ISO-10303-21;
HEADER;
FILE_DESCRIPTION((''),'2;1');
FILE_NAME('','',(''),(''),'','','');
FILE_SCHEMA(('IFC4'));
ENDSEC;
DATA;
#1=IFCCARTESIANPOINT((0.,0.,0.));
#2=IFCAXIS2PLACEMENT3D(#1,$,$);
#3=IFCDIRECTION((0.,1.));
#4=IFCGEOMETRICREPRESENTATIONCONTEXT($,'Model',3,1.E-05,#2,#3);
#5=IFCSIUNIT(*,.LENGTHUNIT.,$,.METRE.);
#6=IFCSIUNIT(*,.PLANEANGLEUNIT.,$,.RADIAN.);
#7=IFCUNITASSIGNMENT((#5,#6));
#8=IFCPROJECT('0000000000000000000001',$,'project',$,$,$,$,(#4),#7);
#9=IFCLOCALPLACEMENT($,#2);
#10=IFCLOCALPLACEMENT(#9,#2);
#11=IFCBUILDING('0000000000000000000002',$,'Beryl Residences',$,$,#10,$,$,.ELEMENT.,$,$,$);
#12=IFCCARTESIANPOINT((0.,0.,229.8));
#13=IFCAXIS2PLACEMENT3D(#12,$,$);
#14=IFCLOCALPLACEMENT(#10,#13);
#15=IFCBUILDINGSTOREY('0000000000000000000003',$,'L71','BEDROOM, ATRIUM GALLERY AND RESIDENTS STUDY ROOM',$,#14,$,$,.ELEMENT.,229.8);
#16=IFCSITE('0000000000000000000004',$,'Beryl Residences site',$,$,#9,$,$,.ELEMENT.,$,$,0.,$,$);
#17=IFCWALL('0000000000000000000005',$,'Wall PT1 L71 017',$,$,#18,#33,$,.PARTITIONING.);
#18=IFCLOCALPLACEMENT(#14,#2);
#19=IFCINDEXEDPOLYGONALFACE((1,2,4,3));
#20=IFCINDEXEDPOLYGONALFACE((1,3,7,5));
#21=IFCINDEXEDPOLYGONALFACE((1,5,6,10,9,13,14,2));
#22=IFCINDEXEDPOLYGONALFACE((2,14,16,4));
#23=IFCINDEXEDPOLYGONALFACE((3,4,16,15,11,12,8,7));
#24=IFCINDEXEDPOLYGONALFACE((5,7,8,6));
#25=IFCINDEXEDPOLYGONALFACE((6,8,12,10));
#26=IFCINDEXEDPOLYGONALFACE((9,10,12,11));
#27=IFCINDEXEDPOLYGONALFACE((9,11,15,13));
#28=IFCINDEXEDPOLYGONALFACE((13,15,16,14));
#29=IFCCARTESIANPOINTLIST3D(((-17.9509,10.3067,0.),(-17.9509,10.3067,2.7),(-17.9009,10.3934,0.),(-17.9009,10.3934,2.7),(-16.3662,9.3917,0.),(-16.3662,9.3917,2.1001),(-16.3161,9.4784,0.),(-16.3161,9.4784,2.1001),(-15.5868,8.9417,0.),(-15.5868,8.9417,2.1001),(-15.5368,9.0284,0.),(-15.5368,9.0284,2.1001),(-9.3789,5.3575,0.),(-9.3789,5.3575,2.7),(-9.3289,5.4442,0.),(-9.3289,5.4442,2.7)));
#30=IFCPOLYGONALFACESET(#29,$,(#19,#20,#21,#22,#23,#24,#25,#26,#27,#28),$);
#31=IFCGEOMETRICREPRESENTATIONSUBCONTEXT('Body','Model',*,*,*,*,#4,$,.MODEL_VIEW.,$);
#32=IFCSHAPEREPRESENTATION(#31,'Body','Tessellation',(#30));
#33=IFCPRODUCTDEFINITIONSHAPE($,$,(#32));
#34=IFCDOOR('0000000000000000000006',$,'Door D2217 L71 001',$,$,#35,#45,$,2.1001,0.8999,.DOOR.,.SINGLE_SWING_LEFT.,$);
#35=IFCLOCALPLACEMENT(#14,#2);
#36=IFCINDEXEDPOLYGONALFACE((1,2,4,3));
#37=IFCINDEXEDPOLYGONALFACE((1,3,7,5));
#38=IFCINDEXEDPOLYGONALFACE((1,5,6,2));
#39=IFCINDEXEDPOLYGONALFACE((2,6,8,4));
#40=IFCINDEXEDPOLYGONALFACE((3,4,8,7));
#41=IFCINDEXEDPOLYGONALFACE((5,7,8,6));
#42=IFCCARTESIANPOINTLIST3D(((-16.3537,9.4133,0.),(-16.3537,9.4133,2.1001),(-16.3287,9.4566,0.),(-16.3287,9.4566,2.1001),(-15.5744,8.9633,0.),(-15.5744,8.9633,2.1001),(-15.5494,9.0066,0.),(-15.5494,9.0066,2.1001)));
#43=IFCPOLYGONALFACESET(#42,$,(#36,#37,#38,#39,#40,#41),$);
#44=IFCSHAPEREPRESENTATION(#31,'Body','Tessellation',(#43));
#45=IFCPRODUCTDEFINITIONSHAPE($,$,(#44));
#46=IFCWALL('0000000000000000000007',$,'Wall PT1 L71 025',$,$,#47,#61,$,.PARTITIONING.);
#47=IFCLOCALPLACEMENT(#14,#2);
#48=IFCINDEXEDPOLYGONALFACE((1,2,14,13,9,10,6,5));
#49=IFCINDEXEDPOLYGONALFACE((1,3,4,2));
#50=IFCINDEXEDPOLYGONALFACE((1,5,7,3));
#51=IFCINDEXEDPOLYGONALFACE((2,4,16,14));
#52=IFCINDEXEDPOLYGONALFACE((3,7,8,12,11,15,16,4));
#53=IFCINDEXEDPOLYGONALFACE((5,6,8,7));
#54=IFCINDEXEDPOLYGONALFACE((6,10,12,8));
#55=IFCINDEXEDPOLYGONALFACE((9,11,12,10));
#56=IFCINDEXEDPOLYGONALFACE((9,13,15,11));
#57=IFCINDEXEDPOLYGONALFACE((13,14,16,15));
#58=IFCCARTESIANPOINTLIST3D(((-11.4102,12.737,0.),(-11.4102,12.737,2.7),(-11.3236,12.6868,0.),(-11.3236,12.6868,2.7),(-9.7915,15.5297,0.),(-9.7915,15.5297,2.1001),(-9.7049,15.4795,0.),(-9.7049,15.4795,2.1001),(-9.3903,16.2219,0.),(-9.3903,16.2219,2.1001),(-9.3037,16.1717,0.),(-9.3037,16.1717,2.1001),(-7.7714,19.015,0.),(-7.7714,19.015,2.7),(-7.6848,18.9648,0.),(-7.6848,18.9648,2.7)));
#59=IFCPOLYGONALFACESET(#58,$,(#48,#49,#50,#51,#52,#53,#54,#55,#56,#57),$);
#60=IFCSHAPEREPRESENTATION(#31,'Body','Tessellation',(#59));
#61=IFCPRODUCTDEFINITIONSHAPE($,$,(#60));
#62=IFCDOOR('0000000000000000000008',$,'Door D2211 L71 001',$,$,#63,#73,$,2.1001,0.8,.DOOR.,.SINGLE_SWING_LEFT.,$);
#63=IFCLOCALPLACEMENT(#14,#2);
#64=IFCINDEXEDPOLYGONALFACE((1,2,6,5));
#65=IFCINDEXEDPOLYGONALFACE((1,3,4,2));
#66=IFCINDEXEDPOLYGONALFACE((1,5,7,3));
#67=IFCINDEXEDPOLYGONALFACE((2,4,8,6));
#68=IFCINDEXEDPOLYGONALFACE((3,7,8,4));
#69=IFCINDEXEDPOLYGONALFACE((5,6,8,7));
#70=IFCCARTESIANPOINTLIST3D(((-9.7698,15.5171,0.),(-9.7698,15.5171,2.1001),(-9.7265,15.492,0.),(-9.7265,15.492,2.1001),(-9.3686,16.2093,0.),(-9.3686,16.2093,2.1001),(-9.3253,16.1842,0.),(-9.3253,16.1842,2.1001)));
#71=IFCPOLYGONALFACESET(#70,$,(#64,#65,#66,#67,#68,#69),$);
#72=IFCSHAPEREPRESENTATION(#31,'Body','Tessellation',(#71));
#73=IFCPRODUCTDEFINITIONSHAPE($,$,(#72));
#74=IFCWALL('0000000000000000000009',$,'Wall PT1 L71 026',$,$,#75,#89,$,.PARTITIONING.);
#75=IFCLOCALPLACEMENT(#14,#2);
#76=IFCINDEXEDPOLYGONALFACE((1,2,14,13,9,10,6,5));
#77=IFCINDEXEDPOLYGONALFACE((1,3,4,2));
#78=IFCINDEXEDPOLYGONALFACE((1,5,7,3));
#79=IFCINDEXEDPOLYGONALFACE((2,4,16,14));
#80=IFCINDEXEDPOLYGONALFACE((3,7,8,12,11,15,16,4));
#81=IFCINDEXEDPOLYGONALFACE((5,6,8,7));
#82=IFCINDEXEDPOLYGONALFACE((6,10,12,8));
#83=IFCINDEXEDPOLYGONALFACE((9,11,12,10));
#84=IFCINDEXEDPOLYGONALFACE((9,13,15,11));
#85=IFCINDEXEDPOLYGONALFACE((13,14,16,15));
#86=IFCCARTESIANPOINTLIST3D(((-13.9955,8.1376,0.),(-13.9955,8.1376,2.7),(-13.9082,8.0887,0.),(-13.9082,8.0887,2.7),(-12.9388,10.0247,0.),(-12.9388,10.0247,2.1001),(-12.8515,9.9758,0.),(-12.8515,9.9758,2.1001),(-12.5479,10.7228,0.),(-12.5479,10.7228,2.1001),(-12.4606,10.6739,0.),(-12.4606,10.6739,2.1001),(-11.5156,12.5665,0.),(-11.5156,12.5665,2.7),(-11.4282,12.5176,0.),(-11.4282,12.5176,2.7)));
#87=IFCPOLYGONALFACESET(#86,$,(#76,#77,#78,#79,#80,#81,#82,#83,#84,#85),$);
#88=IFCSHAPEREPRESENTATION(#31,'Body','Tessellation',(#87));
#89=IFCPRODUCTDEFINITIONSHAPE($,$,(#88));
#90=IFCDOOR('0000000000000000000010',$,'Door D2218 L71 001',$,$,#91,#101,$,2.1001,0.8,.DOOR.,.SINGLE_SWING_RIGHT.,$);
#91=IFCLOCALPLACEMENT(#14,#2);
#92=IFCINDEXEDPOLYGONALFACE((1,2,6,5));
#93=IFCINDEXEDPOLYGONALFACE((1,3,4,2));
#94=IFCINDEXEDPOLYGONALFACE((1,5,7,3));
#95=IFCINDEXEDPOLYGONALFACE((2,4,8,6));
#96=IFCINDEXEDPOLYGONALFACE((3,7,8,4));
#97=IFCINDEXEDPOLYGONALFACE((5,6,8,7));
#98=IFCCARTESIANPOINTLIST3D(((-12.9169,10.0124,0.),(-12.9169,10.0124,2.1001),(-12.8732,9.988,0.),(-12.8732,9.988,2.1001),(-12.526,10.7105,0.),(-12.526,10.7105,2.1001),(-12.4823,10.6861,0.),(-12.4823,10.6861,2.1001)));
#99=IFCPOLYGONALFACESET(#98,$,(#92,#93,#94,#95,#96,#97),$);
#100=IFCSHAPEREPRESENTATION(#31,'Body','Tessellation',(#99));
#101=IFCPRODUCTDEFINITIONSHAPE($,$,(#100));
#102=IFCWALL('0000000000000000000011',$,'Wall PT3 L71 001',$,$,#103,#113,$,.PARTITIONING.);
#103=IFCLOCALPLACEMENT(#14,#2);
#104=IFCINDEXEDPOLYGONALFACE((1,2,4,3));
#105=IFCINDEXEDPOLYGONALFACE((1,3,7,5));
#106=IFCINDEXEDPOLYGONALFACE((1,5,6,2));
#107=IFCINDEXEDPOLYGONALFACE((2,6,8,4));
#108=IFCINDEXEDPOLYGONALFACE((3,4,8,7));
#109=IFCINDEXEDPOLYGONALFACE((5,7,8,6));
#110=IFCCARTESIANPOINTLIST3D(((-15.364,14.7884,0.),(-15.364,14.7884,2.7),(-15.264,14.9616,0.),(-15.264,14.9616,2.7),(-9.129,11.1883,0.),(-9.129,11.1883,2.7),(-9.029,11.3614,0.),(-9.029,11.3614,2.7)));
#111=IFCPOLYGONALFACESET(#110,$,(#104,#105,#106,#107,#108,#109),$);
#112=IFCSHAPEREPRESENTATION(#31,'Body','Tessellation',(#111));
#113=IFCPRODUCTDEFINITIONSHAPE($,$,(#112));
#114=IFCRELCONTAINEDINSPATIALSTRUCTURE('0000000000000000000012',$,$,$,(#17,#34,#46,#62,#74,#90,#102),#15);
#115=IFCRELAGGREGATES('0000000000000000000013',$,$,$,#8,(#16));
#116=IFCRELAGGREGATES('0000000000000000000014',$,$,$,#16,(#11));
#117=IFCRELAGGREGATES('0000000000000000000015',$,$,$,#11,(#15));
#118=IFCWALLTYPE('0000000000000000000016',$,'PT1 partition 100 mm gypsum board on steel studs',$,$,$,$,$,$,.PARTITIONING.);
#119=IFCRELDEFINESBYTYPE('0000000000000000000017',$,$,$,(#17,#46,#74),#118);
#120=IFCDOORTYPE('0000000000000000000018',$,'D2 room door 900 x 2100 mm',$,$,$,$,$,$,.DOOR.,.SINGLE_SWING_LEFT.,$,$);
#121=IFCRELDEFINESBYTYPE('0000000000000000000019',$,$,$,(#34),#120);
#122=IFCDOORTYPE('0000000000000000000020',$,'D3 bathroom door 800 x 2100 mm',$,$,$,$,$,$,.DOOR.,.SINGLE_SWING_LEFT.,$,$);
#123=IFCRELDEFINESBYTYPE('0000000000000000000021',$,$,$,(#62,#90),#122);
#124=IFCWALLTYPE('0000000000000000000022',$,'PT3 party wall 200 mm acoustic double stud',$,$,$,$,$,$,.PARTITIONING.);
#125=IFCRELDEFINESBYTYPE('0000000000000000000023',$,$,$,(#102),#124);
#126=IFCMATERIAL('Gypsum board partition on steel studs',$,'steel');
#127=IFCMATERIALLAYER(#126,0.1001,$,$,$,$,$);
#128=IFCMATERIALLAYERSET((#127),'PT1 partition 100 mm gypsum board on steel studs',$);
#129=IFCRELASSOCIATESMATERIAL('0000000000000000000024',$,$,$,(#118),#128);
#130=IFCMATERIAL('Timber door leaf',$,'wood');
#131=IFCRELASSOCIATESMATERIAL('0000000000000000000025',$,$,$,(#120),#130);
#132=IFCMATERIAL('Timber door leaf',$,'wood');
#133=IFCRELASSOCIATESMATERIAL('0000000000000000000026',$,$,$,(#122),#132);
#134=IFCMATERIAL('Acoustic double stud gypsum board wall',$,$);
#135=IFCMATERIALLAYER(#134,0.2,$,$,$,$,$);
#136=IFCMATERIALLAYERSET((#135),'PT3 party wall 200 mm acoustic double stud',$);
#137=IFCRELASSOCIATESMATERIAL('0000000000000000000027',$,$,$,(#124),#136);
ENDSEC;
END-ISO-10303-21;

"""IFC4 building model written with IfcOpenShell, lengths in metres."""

from ifc_helpers import new_model, si_unit, direction, frame, frame_2d, origin, place, context, subcontext, project, spatial, rectangle, extrude, material, layer, layer_set, type_object, element, fill, save


model = new_model("IFC4")

# Units and contexts
model_context = context("Model", 3, precision=1e-05, world=origin(), true_north=direction((0.0, 1.0)))
body_context = subcontext(model_context, "Body", "Model", "MODEL_VIEW")
ifc_project = project(units=[si_unit("LENGTHUNIT", "METRE"), si_unit("PLANEANGLEUNIT", "RADIAN")], contexts=[model_context])

# Site, building, storey
site_placement = place(None, origin())
site = spatial("IfcSite", under=ifc_project, at=site_placement, Name="Beryl Residences site", CompositionType="ELEMENT", RefElevation=0.0)
building_placement = place(site_placement, origin())
building = spatial("IfcBuilding", under=site, at=building_placement, Name="Beryl Residences", CompositionType="ELEMENT")
storey_placement = place(building_placement, frame((0.0, 0.0, 229.8)))
storey = spatial("IfcBuildingStorey", under=building, at=storey_placement, Name="L71", Description="BEDROOM, ATRIUM GALLERY AND RESIDENTS STUDY ROOM", CompositionType="ELEMENT", Elevation=229.8)

# Walls, openings, doors
ifc_material_1 = material(Name="Gypsum board partition on steel studs", Category="steel")
ifc_layer_1 = layer(ifc_material_1, 0.1001)
ifc_layer_set_1 = layer_set([ifc_layer_1], Name="PT1 partition 100 mm gypsum board on steel studs")
wall_type_1 = type_object("IfcWallType", Name="PT1 partition 100 mm gypsum board on steel studs", PredefinedType="PARTITIONING", material=ifc_layer_set_1)
wall_1_placement = place(storey_placement, frame((-17.926, 10.3501, 0.0), z_axis=(0.0, 0.0, 1.0), x_axis=(0.866018, -0.500012, 0.0)))
wall_1 = element("IfcWall", 1, at=wall_1_placement, inside=storey, type_object=wall_type_1, Name="Wall PT1 L71 017", PredefinedType="PARTITIONING", context=body_context, shape_type="SweptSolid", body=[
    extrude(rectangle(XDim=9.8982, YDim=0.1001, at=frame_2d((4.9492, 0.0))), origin(), (0.0, 0.0, 1.0), 2.7),
])
opening_1_placement = place(wall_1_placement, frame((1.8301, 0.0, 0.0)))
opening_1 = element("IfcOpeningElement", 2, at=opening_1_placement, cuts=wall_1, PredefinedType="OPENING", context=body_context, shape_type="SweptSolid", body=[
    extrude(rectangle(XDim=0.8999, YDim=2.1001, at=frame_2d((0.45, 1.05))), frame((0.0, 0.0601, 0.0), z_axis=(0.0, -1.0, 0.0), x_axis=(1.0, 0.0, 0.0)), (0.0, 0.0, 1.0), 0.1201),
])
ifc_material_2 = material(Name="Timber door leaf", Category="wood")
door_type_1 = type_object("IfcDoorType", Name="D2 room door 900 x 2100 mm", OperationType="SINGLE_SWING_LEFT", PredefinedType="DOOR", material=ifc_material_2)
door_1_placement = place(opening_1_placement, origin())
door_1 = element("IfcDoor", 3, at=door_1_placement, inside=storey, type_object=door_type_1, Name="Door D2217 L71 001", OperationType="SINGLE_SWING_LEFT", OverallHeight=2.1001, OverallWidth=0.8999, PredefinedType="DOOR", context=body_context, shape_type="SweptSolid", body=[
    extrude(rectangle(XDim=0.8999, YDim=2.1001, at=frame_2d((0.45, 1.05))), frame((0.0, 0.0249, 0.0), z_axis=(0.0, -1.0, 0.0), x_axis=(1.0, 0.0, 0.0)), (0.0, 0.0, 1.0), 0.05),
])
fill(opening_1, door_1)
wall_2_placement = place(storey_placement, frame((-11.3669, 12.7119, 0.0), z_axis=(0.0, 0.0, 1.0), x_axis=(0.501474, 0.865173, 0.0)))
wall_2 = element("IfcWall", 4, at=wall_2_placement, inside=storey, type_object=wall_type_1, Name="Wall PT1 L71 025", PredefinedType="PARTITIONING", context=body_context, shape_type="SweptSolid", body=[
    extrude(rectangle(XDim=7.2563, YDim=0.1001, at=frame_2d((3.6282, 0.0))), origin(), (0.0, 0.0, 1.0), 2.7),
])
opening_2_placement = place(wall_2_placement, frame((3.228, 0.0, 0.0)))
opening_2 = element("IfcOpeningElement", 5, at=opening_2_placement, cuts=wall_2, PredefinedType="OPENING", context=body_context, shape_type="SweptSolid", body=[
    extrude(rectangle(XDim=0.8, YDim=2.1001, at=frame_2d((0.3999, 1.05))), frame((0.0, 0.0601, 0.0), z_axis=(0.0, -1.0, 0.0), x_axis=(1.0, 0.0, 0.0)), (0.0, 0.0, 1.0), 0.1201),
])
ifc_material_3 = material(Name="Timber door leaf", Category="wood")
door_type_2 = type_object("IfcDoorType", Name="D3 bathroom door 800 x 2100 mm", OperationType="SINGLE_SWING_LEFT", PredefinedType="DOOR", material=ifc_material_3)
door_2_placement = place(opening_2_placement, origin())
door_2 = element("IfcDoor", 6, at=door_2_placement, inside=storey, type_object=door_type_2, Name="Door D2211 L71 001", OperationType="SINGLE_SWING_LEFT", OverallHeight=2.1001, OverallWidth=0.8, PredefinedType="DOOR", context=body_context, shape_type="SweptSolid", body=[
    extrude(rectangle(XDim=0.8, YDim=2.1001, at=frame_2d((0.3999, 1.05))), frame((0.0, 0.0249, 0.0), z_axis=(0.0, -1.0, 0.0), x_axis=(1.0, 0.0, 0.0)), (0.0, 0.0, 1.0), 0.05),
])
fill(opening_2, door_2)
wall_3_placement = place(storey_placement, frame((-13.9519, 8.113, 0.0), z_axis=(0.0, 0.0, 1.0), x_axis=(0.488568, 0.872526, 0.0)))
wall_3 = element("IfcWall", 7, at=wall_3_placement, inside=storey, type_object=wall_type_1, Name="Wall PT1 L71 026", PredefinedType="PARTITIONING", context=body_context, shape_type="SweptSolid", body=[
    extrude(rectangle(XDim=5.0759, YDim=0.1001, at=frame_2d((2.5381, 0.0))), origin(), (0.0, 0.0, 1.0), 2.7),
])
opening_3_placement = place(wall_3_placement, frame((2.1631, 0.0, 0.0)))
opening_3 = element("IfcOpeningElement", 8, at=opening_3_placement, cuts=wall_3, PredefinedType="OPENING", context=body_context, shape_type="SweptSolid", body=[
    extrude(rectangle(XDim=0.8, YDim=2.1001, at=frame_2d((0.3999, 1.05))), frame((0.0, 0.0601, 0.0), z_axis=(0.0, -1.0, 0.0), x_axis=(1.0, 0.0, 0.0)), (0.0, 0.0, 1.0), 0.1201),
])
door_3_placement = place(opening_3_placement, origin())
door_3 = element("IfcDoor", 9, at=door_3_placement, inside=storey, type_object=door_type_2, Name="Door D2218 L71 001", OperationType="SINGLE_SWING_RIGHT", OverallHeight=2.1001, OverallWidth=0.8, PredefinedType="DOOR", context=body_context, shape_type="SweptSolid", body=[
    extrude(rectangle(XDim=0.8, YDim=2.1001, at=frame_2d((0.3999, 1.05))), frame((0.0, 0.0249, 0.0), z_axis=(0.0, -1.0, 0.0), x_axis=(1.0, 0.0, 0.0)), (0.0, 0.0, 1.0), 0.05),
])
fill(opening_3, door_3)

# Wall
ifc_material_4 = material(Name="Acoustic double stud gypsum board wall")
ifc_layer_2 = layer(ifc_material_4, 0.2)
ifc_layer_set_2 = layer_set([ifc_layer_2], Name="PT3 party wall 200 mm acoustic double stud")
wall_type_2 = type_object("IfcWallType", Name="PT3 party wall 200 mm acoustic double stud", PredefinedType="PARTITIONING", material=ifc_layer_set_2)
wall_4_placement = place(storey_placement, frame((-15.314, 14.875, 0.0), z_axis=(0.0, 0.0, 1.0), x_axis=(0.866001, -0.500041, 0.0)))
element("IfcWall", 10, at=wall_4_placement, inside=storey, type_object=wall_type_2, Name="Wall PT3 L71 001", PredefinedType="PARTITIONING", context=body_context, shape_type="SweptSolid", body=[
    extrude(rectangle(XDim=7.1997, YDim=0.2, at=frame_2d((3.5999, 0.0))), origin(), (0.0, 0.0, 1.0), 2.7),
])

save(model, "model.ifc")
